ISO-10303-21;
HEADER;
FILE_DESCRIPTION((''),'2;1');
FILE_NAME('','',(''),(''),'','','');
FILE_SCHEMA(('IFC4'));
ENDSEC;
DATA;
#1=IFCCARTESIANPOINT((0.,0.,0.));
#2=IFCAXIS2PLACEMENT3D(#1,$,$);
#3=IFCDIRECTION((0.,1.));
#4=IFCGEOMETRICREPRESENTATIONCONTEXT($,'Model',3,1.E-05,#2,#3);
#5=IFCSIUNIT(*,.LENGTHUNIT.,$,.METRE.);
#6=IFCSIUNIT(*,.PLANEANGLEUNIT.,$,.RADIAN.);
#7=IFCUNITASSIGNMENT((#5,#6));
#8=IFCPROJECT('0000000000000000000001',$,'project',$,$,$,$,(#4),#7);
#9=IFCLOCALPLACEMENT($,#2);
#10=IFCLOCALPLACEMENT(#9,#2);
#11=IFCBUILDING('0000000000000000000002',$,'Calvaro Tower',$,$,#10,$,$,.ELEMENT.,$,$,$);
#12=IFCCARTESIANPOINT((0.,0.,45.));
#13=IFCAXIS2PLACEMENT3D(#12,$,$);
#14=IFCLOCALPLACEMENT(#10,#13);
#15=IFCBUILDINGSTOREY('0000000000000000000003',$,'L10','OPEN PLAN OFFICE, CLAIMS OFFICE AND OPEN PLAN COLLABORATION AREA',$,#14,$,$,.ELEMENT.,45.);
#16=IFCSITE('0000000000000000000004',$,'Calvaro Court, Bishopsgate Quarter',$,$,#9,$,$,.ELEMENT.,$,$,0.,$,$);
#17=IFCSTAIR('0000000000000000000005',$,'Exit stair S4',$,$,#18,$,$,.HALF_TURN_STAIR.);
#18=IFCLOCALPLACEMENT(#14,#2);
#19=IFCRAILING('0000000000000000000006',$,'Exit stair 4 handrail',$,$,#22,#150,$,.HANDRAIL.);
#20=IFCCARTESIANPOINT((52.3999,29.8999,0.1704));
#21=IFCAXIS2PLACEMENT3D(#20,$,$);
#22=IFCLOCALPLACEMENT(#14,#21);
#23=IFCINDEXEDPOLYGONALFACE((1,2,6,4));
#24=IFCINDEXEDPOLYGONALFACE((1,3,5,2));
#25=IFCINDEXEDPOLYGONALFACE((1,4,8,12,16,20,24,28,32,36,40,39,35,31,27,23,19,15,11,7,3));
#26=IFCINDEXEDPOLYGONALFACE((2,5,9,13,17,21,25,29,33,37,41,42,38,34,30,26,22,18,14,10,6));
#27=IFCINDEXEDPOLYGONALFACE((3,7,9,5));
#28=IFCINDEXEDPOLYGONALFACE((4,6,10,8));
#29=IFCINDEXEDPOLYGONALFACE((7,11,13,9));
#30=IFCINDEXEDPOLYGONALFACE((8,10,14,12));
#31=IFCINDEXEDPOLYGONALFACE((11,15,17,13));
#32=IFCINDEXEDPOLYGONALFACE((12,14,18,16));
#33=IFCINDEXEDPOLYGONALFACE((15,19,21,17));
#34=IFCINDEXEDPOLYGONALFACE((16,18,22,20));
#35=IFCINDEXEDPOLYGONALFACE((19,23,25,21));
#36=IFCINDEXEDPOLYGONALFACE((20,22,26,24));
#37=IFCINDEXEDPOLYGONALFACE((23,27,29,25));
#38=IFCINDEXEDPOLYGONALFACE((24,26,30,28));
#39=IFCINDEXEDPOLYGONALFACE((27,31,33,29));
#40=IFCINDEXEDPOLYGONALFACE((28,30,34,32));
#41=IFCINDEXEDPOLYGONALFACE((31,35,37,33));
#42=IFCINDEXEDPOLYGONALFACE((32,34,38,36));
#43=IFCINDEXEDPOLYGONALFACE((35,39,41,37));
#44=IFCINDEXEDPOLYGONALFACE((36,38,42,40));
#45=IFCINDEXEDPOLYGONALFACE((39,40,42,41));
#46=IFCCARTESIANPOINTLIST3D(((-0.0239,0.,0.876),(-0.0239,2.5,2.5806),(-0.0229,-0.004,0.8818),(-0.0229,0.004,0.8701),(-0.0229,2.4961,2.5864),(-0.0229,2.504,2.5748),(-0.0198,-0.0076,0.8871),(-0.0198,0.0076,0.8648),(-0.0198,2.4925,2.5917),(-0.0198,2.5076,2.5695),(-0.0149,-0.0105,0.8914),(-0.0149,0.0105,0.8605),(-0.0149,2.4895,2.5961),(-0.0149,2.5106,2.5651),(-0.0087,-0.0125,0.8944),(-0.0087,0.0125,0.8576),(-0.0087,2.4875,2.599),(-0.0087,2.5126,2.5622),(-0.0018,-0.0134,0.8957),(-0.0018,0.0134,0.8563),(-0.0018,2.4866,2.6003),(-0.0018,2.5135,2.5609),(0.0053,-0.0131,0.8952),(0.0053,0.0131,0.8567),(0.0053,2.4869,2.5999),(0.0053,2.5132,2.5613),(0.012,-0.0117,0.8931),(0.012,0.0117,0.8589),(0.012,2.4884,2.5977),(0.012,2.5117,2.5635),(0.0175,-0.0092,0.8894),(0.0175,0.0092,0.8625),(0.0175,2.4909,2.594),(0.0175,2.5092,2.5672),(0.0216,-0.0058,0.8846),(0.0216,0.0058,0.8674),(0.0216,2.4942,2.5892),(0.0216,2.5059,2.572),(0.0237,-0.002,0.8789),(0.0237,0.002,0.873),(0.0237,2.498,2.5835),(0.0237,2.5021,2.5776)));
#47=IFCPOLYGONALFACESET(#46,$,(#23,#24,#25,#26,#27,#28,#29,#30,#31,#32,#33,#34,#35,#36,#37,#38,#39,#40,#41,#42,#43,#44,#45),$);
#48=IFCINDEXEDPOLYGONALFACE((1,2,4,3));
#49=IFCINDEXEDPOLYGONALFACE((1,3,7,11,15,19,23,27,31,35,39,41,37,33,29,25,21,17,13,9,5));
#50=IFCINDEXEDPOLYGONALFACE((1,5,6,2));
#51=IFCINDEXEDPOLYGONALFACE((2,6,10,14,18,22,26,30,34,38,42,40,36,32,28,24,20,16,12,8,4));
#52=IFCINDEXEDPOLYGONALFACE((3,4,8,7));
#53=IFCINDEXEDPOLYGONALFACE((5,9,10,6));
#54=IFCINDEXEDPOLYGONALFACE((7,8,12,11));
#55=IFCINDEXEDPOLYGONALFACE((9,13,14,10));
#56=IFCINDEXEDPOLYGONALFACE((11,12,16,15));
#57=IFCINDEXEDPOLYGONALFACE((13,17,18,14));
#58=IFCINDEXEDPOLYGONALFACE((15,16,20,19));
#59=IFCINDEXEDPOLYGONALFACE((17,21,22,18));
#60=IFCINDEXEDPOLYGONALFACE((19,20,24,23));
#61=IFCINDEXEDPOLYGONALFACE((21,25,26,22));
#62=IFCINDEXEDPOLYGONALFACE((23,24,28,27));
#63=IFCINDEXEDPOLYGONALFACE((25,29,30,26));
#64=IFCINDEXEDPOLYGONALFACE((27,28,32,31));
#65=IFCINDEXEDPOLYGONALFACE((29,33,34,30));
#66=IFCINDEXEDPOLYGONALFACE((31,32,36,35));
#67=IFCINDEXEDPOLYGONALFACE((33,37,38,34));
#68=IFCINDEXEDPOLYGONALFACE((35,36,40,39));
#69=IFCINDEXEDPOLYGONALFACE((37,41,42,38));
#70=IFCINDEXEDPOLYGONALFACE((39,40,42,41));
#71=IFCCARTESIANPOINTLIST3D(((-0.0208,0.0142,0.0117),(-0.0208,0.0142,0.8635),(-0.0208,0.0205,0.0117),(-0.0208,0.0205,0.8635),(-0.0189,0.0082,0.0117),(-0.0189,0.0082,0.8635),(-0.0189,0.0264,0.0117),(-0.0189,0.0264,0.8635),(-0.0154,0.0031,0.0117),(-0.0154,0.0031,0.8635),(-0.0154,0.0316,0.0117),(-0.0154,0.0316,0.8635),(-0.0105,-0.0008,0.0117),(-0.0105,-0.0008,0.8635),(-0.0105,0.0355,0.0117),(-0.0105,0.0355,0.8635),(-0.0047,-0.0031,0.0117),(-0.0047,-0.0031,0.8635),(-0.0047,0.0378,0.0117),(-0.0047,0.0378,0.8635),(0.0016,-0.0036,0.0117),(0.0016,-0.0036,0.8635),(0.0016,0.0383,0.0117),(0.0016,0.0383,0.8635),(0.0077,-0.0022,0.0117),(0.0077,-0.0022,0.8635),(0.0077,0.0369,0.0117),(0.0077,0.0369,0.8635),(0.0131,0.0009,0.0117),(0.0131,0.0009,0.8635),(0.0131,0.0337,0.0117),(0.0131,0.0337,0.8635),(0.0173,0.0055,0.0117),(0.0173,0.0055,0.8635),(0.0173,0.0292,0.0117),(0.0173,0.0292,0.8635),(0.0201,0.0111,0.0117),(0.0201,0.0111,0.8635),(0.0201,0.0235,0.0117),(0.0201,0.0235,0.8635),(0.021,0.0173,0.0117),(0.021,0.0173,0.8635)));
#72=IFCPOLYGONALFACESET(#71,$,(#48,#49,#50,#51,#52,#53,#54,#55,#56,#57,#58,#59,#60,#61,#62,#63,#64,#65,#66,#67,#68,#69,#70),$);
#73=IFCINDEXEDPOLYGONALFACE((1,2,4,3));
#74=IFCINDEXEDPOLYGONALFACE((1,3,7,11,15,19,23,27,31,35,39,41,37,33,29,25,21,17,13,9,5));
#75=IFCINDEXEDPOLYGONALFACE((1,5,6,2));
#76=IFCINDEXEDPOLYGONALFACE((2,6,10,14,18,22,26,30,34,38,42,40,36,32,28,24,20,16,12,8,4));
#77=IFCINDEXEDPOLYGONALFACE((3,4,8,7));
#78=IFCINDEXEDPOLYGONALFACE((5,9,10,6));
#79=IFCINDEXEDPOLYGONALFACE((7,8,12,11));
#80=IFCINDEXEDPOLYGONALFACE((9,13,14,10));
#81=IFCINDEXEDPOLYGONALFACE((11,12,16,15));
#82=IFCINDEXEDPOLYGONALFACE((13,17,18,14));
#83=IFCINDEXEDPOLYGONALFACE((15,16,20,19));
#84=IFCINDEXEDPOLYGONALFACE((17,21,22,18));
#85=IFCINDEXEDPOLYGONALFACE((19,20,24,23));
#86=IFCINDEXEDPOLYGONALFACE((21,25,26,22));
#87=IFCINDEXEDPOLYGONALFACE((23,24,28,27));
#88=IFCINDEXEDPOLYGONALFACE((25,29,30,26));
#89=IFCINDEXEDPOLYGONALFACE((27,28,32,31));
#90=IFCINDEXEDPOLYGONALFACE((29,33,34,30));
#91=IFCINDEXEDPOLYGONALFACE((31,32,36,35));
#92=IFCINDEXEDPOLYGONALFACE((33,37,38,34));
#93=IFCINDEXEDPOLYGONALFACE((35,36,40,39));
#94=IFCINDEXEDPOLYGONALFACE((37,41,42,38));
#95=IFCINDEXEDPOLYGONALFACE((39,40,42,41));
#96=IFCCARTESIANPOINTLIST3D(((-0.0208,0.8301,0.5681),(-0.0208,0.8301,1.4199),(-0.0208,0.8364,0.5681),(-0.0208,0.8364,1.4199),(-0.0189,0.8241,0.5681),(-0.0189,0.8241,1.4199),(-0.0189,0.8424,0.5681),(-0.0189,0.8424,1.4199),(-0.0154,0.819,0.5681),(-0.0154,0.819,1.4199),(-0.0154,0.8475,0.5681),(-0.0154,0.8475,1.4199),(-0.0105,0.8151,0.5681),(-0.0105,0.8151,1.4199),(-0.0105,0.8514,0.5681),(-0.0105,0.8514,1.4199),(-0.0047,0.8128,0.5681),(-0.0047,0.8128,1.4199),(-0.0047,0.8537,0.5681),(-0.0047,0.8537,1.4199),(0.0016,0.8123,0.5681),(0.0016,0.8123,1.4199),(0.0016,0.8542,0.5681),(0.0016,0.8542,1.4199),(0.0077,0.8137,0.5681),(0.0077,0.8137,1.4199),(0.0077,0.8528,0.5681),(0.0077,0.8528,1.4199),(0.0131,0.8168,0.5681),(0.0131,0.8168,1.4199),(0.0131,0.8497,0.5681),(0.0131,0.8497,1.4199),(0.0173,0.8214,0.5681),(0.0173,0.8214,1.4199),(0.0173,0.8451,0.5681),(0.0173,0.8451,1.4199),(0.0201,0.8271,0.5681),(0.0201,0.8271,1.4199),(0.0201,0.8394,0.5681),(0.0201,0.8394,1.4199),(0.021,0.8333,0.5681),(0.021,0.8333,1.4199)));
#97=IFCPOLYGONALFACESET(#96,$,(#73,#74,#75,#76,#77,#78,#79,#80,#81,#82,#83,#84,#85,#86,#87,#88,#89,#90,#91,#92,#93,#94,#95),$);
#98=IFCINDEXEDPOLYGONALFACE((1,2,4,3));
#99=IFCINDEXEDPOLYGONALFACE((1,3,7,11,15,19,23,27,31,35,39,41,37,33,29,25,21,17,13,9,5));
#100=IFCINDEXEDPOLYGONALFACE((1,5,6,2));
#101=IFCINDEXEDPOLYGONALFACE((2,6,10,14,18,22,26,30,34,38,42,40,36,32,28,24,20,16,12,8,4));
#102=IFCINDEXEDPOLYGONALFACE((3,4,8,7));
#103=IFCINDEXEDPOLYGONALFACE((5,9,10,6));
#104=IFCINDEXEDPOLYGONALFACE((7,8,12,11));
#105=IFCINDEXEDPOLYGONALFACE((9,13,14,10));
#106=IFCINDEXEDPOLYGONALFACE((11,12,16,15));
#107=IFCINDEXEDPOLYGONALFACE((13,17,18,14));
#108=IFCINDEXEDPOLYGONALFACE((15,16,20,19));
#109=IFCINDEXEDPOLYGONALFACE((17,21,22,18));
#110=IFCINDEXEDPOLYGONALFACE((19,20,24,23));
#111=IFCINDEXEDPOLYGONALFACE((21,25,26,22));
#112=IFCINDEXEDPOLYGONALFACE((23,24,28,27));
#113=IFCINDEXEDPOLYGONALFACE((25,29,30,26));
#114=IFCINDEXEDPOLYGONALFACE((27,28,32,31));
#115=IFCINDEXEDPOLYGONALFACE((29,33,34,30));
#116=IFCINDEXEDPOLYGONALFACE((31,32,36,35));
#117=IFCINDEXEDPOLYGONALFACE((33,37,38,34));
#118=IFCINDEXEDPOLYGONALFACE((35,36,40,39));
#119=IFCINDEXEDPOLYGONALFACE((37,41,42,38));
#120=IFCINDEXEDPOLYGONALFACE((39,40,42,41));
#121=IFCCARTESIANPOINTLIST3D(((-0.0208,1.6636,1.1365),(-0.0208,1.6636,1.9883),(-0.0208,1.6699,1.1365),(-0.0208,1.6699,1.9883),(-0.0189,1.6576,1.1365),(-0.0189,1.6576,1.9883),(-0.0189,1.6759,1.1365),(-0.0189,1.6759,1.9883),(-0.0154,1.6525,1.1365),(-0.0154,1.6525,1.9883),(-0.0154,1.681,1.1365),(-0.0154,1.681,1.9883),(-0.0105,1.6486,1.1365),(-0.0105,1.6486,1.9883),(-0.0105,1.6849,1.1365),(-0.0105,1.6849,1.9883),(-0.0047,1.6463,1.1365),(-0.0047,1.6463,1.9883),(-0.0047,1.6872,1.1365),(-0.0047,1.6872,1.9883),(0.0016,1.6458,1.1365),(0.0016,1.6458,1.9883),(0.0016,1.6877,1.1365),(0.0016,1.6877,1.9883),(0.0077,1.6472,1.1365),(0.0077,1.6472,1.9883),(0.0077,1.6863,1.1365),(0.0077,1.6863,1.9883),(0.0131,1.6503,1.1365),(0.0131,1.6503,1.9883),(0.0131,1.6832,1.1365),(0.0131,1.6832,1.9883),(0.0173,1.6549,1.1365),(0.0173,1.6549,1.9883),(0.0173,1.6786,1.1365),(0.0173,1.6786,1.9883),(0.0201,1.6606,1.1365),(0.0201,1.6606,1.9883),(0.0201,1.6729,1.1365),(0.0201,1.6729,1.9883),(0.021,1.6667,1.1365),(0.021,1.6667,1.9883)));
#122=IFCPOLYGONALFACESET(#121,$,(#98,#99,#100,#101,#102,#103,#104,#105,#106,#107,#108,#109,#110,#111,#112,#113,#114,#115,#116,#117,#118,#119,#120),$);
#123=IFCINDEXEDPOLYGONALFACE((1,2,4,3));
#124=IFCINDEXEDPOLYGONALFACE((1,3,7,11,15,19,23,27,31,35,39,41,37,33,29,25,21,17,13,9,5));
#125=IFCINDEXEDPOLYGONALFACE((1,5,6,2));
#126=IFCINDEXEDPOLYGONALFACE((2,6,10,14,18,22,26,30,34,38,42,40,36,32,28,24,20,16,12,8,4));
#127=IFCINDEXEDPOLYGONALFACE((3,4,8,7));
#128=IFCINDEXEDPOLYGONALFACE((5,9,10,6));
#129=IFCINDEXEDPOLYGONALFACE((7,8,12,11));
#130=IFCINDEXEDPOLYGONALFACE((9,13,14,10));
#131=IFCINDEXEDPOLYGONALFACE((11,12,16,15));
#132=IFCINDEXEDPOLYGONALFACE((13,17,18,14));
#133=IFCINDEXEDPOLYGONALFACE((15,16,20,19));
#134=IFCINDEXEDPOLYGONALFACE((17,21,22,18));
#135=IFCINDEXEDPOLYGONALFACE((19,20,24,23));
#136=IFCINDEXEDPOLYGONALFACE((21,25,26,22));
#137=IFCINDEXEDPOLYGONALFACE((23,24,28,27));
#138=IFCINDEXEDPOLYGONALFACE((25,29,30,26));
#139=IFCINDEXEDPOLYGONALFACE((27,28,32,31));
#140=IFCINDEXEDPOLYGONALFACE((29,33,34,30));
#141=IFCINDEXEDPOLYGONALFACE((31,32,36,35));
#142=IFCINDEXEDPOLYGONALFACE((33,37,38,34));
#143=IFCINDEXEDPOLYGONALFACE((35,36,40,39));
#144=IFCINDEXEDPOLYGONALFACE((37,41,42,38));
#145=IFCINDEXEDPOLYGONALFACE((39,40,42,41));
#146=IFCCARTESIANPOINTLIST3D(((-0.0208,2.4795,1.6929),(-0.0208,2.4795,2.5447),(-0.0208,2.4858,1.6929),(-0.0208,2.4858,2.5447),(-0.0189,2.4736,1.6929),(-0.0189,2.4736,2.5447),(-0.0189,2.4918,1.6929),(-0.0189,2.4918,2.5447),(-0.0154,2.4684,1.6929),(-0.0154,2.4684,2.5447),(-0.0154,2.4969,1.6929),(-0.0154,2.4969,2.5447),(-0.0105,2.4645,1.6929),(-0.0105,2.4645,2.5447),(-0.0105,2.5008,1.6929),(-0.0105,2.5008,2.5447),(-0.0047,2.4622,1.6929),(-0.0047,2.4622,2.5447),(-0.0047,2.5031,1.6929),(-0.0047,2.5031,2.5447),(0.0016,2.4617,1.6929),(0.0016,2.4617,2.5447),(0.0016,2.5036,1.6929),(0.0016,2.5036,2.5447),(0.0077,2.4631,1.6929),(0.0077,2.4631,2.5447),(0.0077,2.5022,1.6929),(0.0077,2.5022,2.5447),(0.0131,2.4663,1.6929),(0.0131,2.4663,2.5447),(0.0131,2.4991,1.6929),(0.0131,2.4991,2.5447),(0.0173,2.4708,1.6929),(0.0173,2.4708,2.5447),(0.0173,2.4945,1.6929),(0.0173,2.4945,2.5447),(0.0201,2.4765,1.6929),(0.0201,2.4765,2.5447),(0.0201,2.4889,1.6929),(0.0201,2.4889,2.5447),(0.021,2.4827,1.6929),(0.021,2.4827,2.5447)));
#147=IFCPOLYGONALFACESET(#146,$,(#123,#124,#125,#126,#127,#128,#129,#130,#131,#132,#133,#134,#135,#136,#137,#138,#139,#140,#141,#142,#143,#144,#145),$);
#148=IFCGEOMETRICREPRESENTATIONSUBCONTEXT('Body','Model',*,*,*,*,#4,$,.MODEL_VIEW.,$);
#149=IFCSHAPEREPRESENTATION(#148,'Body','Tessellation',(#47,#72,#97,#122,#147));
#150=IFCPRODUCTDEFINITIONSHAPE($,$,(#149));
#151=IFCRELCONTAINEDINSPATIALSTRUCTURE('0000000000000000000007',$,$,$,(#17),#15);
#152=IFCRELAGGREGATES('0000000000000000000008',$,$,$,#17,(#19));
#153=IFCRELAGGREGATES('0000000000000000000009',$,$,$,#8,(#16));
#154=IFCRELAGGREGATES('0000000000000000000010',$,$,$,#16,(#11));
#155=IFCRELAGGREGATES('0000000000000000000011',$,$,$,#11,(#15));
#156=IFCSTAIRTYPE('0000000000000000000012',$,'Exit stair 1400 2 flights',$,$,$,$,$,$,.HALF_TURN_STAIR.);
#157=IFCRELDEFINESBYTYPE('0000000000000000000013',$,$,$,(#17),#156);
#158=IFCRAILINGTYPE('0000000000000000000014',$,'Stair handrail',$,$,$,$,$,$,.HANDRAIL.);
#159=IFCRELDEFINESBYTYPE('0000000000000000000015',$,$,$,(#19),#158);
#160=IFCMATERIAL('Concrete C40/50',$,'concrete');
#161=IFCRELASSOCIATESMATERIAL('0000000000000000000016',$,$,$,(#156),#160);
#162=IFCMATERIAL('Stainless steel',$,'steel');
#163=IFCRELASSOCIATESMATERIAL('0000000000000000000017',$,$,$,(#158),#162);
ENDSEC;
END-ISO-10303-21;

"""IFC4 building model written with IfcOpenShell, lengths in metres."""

from ifc_helpers import new_model, si_unit, direction, frame, origin, origin_2d, place, context, subcontext, project, spatial, circle, extrude, material, type_object, element, aggregate, save


model = new_model("IFC4")

# Units and contexts
model_context = context("Model", 3, precision=1e-05, world=origin(), true_north=direction((0.0, 1.0)))
body_context = subcontext(model_context, "Body", "Model", "MODEL_VIEW")
ifc_project = project(units=[si_unit("LENGTHUNIT", "METRE"), si_unit("PLANEANGLEUNIT", "RADIAN")], contexts=[model_context])

# Site, building, storey
site_placement = place(None, origin())
site = spatial("IfcSite", under=ifc_project, at=site_placement, Name="Calvaro Court, Bishopsgate Quarter", CompositionType="ELEMENT", RefElevation=0.0)
building_placement = place(site_placement, origin())
building = spatial("IfcBuilding", under=site, at=building_placement, Name="Calvaro Tower", CompositionType="ELEMENT")
storey_placement = place(building_placement, frame((0.0, 0.0, 45.0)))
storey = spatial("IfcBuildingStorey", under=building, at=storey_placement, Name="L10", Description="OPEN PLAN OFFICE, CLAIMS OFFICE AND OPEN PLAN COLLABORATION AREA", CompositionType="ELEMENT", Elevation=45.0)

# Stair
ifc_material_1 = material(Name="Concrete C40/50", Category="concrete")
stair_type = type_object("IfcStairType", Name="Exit stair 1400 2 flights", PredefinedType="HALF_TURN_STAIR", material=ifc_material_1)
stair_1_placement = place(storey_placement, origin())
stair_1 = element("IfcStair", 1, at=stair_1_placement, inside=storey, type_object=stair_type, Name="Exit stair S4", PredefinedType="HALF_TURN_STAIR")

# Railing
ifc_material_2 = material(Name="Stainless steel", Category="steel")
railing_type = type_object("IfcRailingType", Name="Stair handrail", PredefinedType="HANDRAIL", material=ifc_material_2)
railing_1_placement = place(storey_placement, frame((52.3999, 29.8999, 0.1704)))
railing_1 = element("IfcRailing", 2, at=railing_1_placement, type_object=railing_type, Name="Exit stair 4 handrail", PredefinedType="HANDRAIL", context=body_context, shape_type="SweptSolid", body=[
    extrude(circle(Radius=0.0239, at=origin_2d()), frame((0.0, 0.0, 0.876), z_axis=(0.0, 0.826221, 0.563347), x_axis=(-1.0, 0.0, 0.0)), (0.0, 0.0, 1.0), 3.0259),
    extrude(circle(Radius=0.021, at=origin_2d()), frame((0.0, 0.0173, 0.0117)), (0.0, 0.0, 1.0), 0.8518),
    extrude(circle(Radius=0.021, at=origin_2d()), frame((0.0, 0.8333, 0.5681)), (0.0, 0.0, 1.0), 0.8518),
    extrude(circle(Radius=0.021, at=origin_2d()), frame((0.0, 1.6667, 1.1365)), (0.0, 0.0, 1.0), 0.8518),
    extrude(circle(Radius=0.021, at=origin_2d()), frame((0.0, 2.4827, 1.6929)), (0.0, 0.0, 1.0), 0.8518),
])
aggregate(stair_1, [railing_1])

save(model, "model.ifc")
